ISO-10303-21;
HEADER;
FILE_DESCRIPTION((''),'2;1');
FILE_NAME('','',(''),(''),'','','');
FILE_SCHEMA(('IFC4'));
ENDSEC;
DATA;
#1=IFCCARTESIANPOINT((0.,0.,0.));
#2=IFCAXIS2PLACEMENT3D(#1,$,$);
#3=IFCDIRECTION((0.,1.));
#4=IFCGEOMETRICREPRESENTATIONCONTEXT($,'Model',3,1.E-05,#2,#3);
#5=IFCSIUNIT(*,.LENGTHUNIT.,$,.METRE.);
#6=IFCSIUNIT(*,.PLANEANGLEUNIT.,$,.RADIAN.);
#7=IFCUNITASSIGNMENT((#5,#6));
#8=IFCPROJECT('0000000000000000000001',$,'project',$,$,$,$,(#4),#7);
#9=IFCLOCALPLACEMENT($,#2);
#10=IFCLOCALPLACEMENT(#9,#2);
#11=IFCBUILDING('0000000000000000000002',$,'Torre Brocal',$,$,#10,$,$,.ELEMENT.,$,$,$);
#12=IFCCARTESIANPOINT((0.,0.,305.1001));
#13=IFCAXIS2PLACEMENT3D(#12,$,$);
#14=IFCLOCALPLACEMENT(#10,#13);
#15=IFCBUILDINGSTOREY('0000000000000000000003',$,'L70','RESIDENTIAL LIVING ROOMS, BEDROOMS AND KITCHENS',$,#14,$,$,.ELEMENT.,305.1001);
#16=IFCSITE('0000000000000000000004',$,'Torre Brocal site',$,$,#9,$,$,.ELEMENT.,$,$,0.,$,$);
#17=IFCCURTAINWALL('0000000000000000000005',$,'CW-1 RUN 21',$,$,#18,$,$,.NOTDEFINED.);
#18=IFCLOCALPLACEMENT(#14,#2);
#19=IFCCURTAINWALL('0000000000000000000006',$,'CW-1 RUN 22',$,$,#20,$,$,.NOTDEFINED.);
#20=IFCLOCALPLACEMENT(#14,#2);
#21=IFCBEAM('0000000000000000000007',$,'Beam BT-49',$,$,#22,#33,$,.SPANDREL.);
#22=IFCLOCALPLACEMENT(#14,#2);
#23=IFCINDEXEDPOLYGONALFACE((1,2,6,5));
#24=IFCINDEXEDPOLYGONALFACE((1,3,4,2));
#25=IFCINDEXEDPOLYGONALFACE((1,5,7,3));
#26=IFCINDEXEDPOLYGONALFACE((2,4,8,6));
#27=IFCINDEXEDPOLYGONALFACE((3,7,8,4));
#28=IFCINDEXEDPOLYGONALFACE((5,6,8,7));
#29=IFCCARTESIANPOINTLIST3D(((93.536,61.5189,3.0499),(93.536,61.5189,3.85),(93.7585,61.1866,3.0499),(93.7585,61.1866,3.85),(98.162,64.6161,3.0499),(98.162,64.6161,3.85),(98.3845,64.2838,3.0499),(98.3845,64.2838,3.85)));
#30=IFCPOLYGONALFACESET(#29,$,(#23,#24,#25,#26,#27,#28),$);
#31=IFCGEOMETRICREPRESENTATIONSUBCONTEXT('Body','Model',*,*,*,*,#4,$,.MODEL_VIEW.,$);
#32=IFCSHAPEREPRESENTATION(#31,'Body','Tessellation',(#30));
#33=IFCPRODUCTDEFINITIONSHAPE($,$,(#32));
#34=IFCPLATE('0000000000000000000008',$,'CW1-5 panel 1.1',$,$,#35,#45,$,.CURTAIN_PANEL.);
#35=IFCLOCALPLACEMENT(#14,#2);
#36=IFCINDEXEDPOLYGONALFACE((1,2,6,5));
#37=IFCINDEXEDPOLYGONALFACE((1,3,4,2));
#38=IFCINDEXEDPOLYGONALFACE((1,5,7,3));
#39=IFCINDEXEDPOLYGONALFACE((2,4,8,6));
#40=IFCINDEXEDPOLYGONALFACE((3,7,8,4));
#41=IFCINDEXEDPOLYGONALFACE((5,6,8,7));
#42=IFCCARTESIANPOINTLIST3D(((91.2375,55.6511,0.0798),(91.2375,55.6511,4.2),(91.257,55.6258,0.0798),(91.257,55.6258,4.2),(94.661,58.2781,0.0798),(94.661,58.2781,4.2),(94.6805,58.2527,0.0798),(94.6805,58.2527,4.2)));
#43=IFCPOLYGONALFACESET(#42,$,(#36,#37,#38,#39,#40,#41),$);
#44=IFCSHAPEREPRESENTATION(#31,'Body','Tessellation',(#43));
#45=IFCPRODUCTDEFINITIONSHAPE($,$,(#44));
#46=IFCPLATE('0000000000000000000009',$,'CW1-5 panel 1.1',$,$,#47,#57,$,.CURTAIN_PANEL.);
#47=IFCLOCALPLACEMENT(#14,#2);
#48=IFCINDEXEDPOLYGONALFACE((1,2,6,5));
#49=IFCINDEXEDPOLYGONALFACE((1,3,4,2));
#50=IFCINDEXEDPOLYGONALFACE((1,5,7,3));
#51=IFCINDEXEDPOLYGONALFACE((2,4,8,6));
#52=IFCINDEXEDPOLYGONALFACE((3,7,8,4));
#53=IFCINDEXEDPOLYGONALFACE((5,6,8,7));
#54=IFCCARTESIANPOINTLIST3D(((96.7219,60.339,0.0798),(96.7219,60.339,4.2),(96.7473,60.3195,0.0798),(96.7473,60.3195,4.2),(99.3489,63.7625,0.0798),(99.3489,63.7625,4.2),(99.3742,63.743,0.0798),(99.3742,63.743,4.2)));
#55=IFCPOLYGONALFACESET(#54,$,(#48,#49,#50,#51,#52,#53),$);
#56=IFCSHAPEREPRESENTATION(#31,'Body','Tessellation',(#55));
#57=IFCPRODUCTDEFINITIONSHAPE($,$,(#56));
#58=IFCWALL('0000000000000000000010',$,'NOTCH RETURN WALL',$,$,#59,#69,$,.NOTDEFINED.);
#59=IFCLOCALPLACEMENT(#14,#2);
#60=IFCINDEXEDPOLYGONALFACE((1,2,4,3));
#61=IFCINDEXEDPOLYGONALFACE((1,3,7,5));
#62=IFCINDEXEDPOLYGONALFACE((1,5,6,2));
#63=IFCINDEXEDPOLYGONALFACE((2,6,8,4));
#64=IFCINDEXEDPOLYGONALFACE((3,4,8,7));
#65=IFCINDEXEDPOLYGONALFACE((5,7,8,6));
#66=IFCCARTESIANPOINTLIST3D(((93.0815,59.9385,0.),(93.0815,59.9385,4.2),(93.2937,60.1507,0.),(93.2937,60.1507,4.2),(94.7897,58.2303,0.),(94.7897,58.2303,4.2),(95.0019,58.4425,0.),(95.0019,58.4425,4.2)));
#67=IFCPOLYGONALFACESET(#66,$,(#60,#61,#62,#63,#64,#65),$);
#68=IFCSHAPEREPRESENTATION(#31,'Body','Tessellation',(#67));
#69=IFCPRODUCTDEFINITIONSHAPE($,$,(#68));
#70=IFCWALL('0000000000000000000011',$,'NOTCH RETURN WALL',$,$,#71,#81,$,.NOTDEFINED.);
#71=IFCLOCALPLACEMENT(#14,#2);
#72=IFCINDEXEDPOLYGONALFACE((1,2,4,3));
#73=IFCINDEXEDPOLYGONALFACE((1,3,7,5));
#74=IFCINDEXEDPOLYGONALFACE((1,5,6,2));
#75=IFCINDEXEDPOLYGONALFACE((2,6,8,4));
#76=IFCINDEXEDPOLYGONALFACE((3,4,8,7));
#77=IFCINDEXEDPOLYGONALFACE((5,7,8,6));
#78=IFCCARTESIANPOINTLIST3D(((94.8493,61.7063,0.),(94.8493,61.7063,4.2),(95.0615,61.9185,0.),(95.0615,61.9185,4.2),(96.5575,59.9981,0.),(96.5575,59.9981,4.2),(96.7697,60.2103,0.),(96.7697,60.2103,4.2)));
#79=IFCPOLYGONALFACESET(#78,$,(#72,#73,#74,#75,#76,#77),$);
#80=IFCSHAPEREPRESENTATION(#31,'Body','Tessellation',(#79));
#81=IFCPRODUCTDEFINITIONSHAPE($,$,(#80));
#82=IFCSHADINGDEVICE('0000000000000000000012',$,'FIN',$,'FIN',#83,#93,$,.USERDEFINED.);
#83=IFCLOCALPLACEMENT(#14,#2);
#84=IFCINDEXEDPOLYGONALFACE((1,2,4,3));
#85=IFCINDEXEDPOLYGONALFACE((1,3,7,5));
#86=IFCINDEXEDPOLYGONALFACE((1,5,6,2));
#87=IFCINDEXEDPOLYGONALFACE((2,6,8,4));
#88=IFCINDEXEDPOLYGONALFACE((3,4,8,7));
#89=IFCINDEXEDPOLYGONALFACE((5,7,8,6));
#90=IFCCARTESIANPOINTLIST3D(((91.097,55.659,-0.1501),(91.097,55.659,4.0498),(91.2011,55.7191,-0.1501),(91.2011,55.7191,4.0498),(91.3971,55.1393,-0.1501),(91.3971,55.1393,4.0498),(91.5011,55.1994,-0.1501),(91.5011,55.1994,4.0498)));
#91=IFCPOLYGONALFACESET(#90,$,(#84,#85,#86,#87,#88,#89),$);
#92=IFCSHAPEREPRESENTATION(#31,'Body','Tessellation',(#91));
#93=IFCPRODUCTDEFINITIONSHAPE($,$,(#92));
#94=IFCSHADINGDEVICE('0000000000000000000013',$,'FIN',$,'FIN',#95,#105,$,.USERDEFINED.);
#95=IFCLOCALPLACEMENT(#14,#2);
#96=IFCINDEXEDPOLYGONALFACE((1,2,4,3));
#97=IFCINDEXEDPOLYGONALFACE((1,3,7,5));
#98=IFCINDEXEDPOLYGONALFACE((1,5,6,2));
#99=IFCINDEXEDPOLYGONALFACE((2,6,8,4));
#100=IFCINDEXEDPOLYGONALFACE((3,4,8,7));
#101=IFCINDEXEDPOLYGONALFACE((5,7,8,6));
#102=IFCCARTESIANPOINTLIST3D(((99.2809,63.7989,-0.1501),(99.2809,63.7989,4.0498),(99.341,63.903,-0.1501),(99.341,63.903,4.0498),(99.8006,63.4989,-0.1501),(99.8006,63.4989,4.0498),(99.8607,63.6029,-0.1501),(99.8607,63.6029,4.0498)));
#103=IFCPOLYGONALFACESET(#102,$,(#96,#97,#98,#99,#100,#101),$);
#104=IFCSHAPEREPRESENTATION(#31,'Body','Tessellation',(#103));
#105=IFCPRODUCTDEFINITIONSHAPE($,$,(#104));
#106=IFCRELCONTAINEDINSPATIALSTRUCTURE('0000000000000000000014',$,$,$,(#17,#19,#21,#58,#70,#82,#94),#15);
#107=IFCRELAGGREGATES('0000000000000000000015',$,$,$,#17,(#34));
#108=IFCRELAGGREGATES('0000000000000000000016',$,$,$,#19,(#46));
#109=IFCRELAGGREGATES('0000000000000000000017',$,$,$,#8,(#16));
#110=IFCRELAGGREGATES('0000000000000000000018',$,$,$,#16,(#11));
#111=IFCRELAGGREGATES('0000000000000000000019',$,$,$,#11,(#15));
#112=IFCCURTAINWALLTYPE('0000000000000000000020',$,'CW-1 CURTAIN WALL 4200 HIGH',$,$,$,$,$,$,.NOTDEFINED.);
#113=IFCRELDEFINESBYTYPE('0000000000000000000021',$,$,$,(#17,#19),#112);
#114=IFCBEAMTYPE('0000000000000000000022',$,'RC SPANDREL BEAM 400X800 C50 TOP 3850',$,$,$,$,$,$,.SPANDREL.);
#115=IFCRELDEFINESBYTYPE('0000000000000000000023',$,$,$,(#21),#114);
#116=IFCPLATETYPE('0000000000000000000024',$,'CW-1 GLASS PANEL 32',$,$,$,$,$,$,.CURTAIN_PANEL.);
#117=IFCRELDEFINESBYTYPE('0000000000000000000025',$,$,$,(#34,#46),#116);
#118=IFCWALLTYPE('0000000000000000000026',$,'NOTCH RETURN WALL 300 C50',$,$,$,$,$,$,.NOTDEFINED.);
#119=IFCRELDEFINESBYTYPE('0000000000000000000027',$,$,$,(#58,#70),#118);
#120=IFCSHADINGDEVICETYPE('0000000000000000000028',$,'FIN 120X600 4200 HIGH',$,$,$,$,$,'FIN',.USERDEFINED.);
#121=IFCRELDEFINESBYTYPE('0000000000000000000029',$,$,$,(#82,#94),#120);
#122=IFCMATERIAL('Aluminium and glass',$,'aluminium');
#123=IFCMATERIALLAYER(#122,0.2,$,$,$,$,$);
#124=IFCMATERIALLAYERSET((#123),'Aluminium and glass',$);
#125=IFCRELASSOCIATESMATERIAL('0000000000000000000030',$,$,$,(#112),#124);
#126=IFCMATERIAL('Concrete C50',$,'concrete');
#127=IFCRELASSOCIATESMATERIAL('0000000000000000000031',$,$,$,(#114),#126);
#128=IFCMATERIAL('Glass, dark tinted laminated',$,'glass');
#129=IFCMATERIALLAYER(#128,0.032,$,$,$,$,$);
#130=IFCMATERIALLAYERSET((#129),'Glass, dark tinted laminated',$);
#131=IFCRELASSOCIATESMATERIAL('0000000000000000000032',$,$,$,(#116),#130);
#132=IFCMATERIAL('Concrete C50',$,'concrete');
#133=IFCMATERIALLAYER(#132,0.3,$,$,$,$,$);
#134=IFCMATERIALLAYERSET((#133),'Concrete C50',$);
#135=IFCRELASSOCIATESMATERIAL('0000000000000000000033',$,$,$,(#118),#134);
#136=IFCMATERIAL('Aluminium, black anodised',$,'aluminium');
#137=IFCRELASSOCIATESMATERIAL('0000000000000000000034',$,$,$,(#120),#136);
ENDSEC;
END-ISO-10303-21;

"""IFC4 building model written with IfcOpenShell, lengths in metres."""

from ifc_helpers import new_model, si_unit, direction, frame, frame_2d, origin, origin_2d, place, context, subcontext, project, spatial, rectangle, extrude, material, layer, layer_set, material_profile, profile_set, type_object, element, aggregate, save


model = new_model("IFC4")

# Units and contexts
model_context = context("Model", 3, precision=1e-05, world=origin(), true_north=direction((0.0, 1.0)))
body_context = subcontext(model_context, "Body", "Model", "MODEL_VIEW")
ifc_project = project(units=[si_unit("LENGTHUNIT", "METRE"), si_unit("PLANEANGLEUNIT", "RADIAN")], contexts=[model_context])

# Site, building, storey
site_placement = place(None, origin())
site = spatial("IfcSite", under=ifc_project, at=site_placement, Name="Torre Brocal site", CompositionType="ELEMENT", RefElevation=0.0)
building_placement = place(site_placement, origin())
building = spatial("IfcBuilding", under=site, at=building_placement, Name="Torre Brocal", CompositionType="ELEMENT")
storey_placement = place(building_placement, frame((0.0, 0.0, 305.1001)))
storey = spatial("IfcBuildingStorey", under=building, at=storey_placement, Name="L70", Description="RESIDENTIAL LIVING ROOMS, BEDROOMS AND KITCHENS", CompositionType="ELEMENT", Elevation=305.1001)

# Shared definitions
ifc_material_1 = material(Name="Aluminium and glass", Category="aluminium")
ifc_layer_1 = layer(ifc_material_1, 0.2)
ifc_layer_set_1 = layer_set([ifc_layer_1], Name="Aluminium and glass")
curtain_wall_type = type_object("IfcCurtainWallType", Name="CW-1 CURTAIN WALL 4200 HIGH", PredefinedType="NOTDEFINED", material=ifc_layer_set_1)

# Curtain walls
curtain_wall_1_placement = place(storey_placement, origin())
curtain_wall_1 = element("IfcCurtainWall", 1, at=curtain_wall_1_placement, inside=storey, type_object=curtain_wall_type, Name="CW-1 RUN 21", PredefinedType="NOTDEFINED")
curtain_wall_2_placement = place(storey_placement, origin())
curtain_wall_2 = element("IfcCurtainWall", 2, at=curtain_wall_2_placement, inside=storey, type_object=curtain_wall_type, Name="CW-1 RUN 22", PredefinedType="NOTDEFINED")

# Beam
ifc_material_2 = material(Name="Concrete C50", Category="concrete")
ifc_material_profile_1 = material_profile(ifc_material_2, rectangle(XDim=0.3999, YDim=0.8, at=origin_2d()), Name="RC 400X800")
ifc_profile_set_1 = profile_set([ifc_material_profile_1], Name="Concrete C50")
beam_type_1 = type_object("IfcBeamType", Name="RC SPANDREL BEAM 400X800 C50 TOP 3850", PredefinedType="SPANDREL", material=ifc_profile_set_1)
for number, where, z_axis, x_axis, name in (
    (3, (93.6472, 61.3528, 3.45), (0.830956, 0.556339, 0.0), (-0.556339, 0.830956, 0.0), "Beam BT-49"),
):
    element("IfcBeam", number, at=place(storey_placement, frame(where, z_axis=z_axis, x_axis=x_axis)), inside=storey, type_object=beam_type_1, Name=name, PredefinedType="SPANDREL", context=body_context, shape_type="SweptSolid", body=[
        extrude(rectangle(XDim=0.3999, YDim=0.8, at=origin_2d()), origin(), (0.0, 0.0, 1.0), 5.5671),
    ])

# Plates
ifc_material_3 = material(Name="Glass, dark tinted laminated", Category="glass")
ifc_layer_2 = layer(ifc_material_3, 0.032)
ifc_layer_set_2 = layer_set([ifc_layer_2], Name="Glass, dark tinted laminated")
plate_type = type_object("IfcPlateType", Name="CW-1 GLASS PANEL 32", PredefinedType="CURTAIN_PANEL", material=ifc_layer_set_2)
plate_1_placement = place(storey_placement, frame((92.959, 56.9519, 0.0798), z_axis=(0.0, 0.0, 1.0), x_axis=(0.793353, 0.608761, 0.0)))
plate_1 = element("IfcPlate", 4, at=plate_1_placement, type_object=plate_type, Name="CW1-5 panel 1.1", PredefinedType="CURTAIN_PANEL", context=body_context, shape_type="SweptSolid", body=[
    extrude(rectangle(XDim=4.3152, YDim=0.032, at=origin_2d()), origin(), (0.0, 0.0, 1.0), 4.1201),
])
aggregate(curtain_wall_1, [plate_1])
plate_2_placement = place(storey_placement, frame((98.0481, 62.041, 0.0798), z_axis=(0.0, 0.0, 1.0), x_axis=(0.608761, 0.793353, 0.0)))
plate_2 = element("IfcPlate", 5, at=plate_2_placement, type_object=plate_type, Name="CW1-5 panel 1.1", PredefinedType="CURTAIN_PANEL", context=body_context, shape_type="SweptSolid", body=[
    extrude(rectangle(XDim=4.3152, YDim=0.032, at=origin_2d()), origin(), (0.0, 0.0, 1.0), 4.1201),
])
aggregate(curtain_wall_2, [plate_2])

# Walls
ifc_material_4 = material(Name="Concrete C50", Category="concrete")
ifc_layer_3 = layer(ifc_material_4, 0.3)
ifc_layer_set_3 = layer_set([ifc_layer_3], Name="Concrete C50")
wall_type = type_object("IfcWallType", Name="NOTCH RETURN WALL 300 C50", PredefinedType="NOTDEFINED", material=ifc_layer_set_3)
for number, where, z_axis, x_axis, name in (
    (6, (93.1875, 60.0447, 0.0), (0.0, 0.0, 1.0), (0.707107, -0.707107, 0.0), "NOTCH RETURN WALL"),
    (7, (94.9553, 61.8125, 0.0), (0.0, 0.0, 1.0), (0.707107, -0.707107, 0.0), "NOTCH RETURN WALL"),
):
    element("IfcWall", number, at=place(storey_placement, frame(where, z_axis=z_axis, x_axis=x_axis)), inside=storey, type_object=wall_type, Name=name, PredefinedType="NOTDEFINED", context=body_context, shape_type="SweptSolid", body=[
        extrude(rectangle(XDim=2.4158, YDim=0.3, at=frame_2d((1.208, 0.0))), origin(), (0.0, 0.0, 1.0), 4.2),
    ])

# Shading devices
ifc_material_5 = material(Name="Aluminium, black anodised", Category="aluminium")
ifc_material_profile_2 = material_profile(ifc_material_5, rectangle(XDim=0.1201, YDim=0.6001, at=origin_2d()), Name="FIN 120X600 4200 HIGH")
ifc_profile_set_2 = profile_set([ifc_material_profile_2], Name="Aluminium, black anodised")
shading_device_type = type_object("IfcShadingDeviceType", Name="FIN 120X600 4200 HIGH", ElementType="FIN", PredefinedType="USERDEFINED", material=ifc_profile_set_2)
for number, where, z_axis, x_axis, name in (
    (8, (91.2991, 55.4292, -0.1501), (0.0, 0.0, 1.0), (0.866025, 0.5, 0.0), "FIN"),
    (9, (99.5708, 63.7009, -0.1501), (0.0, 0.0, 1.0), (0.5, 0.866025, 0.0), "FIN"),
):
    element("IfcShadingDevice", number, at=place(storey_placement, frame(where, z_axis=z_axis, x_axis=x_axis)), inside=storey, type_object=shading_device_type, Name=name, ObjectType="FIN", PredefinedType="USERDEFINED", context=body_context, shape_type="SweptSolid", body=[
        extrude(rectangle(XDim=0.1201, YDim=0.6001, at=origin_2d()), origin(), (0.0, 0.0, 1.0), 4.2),
    ])

save(model, "model.ifc")
